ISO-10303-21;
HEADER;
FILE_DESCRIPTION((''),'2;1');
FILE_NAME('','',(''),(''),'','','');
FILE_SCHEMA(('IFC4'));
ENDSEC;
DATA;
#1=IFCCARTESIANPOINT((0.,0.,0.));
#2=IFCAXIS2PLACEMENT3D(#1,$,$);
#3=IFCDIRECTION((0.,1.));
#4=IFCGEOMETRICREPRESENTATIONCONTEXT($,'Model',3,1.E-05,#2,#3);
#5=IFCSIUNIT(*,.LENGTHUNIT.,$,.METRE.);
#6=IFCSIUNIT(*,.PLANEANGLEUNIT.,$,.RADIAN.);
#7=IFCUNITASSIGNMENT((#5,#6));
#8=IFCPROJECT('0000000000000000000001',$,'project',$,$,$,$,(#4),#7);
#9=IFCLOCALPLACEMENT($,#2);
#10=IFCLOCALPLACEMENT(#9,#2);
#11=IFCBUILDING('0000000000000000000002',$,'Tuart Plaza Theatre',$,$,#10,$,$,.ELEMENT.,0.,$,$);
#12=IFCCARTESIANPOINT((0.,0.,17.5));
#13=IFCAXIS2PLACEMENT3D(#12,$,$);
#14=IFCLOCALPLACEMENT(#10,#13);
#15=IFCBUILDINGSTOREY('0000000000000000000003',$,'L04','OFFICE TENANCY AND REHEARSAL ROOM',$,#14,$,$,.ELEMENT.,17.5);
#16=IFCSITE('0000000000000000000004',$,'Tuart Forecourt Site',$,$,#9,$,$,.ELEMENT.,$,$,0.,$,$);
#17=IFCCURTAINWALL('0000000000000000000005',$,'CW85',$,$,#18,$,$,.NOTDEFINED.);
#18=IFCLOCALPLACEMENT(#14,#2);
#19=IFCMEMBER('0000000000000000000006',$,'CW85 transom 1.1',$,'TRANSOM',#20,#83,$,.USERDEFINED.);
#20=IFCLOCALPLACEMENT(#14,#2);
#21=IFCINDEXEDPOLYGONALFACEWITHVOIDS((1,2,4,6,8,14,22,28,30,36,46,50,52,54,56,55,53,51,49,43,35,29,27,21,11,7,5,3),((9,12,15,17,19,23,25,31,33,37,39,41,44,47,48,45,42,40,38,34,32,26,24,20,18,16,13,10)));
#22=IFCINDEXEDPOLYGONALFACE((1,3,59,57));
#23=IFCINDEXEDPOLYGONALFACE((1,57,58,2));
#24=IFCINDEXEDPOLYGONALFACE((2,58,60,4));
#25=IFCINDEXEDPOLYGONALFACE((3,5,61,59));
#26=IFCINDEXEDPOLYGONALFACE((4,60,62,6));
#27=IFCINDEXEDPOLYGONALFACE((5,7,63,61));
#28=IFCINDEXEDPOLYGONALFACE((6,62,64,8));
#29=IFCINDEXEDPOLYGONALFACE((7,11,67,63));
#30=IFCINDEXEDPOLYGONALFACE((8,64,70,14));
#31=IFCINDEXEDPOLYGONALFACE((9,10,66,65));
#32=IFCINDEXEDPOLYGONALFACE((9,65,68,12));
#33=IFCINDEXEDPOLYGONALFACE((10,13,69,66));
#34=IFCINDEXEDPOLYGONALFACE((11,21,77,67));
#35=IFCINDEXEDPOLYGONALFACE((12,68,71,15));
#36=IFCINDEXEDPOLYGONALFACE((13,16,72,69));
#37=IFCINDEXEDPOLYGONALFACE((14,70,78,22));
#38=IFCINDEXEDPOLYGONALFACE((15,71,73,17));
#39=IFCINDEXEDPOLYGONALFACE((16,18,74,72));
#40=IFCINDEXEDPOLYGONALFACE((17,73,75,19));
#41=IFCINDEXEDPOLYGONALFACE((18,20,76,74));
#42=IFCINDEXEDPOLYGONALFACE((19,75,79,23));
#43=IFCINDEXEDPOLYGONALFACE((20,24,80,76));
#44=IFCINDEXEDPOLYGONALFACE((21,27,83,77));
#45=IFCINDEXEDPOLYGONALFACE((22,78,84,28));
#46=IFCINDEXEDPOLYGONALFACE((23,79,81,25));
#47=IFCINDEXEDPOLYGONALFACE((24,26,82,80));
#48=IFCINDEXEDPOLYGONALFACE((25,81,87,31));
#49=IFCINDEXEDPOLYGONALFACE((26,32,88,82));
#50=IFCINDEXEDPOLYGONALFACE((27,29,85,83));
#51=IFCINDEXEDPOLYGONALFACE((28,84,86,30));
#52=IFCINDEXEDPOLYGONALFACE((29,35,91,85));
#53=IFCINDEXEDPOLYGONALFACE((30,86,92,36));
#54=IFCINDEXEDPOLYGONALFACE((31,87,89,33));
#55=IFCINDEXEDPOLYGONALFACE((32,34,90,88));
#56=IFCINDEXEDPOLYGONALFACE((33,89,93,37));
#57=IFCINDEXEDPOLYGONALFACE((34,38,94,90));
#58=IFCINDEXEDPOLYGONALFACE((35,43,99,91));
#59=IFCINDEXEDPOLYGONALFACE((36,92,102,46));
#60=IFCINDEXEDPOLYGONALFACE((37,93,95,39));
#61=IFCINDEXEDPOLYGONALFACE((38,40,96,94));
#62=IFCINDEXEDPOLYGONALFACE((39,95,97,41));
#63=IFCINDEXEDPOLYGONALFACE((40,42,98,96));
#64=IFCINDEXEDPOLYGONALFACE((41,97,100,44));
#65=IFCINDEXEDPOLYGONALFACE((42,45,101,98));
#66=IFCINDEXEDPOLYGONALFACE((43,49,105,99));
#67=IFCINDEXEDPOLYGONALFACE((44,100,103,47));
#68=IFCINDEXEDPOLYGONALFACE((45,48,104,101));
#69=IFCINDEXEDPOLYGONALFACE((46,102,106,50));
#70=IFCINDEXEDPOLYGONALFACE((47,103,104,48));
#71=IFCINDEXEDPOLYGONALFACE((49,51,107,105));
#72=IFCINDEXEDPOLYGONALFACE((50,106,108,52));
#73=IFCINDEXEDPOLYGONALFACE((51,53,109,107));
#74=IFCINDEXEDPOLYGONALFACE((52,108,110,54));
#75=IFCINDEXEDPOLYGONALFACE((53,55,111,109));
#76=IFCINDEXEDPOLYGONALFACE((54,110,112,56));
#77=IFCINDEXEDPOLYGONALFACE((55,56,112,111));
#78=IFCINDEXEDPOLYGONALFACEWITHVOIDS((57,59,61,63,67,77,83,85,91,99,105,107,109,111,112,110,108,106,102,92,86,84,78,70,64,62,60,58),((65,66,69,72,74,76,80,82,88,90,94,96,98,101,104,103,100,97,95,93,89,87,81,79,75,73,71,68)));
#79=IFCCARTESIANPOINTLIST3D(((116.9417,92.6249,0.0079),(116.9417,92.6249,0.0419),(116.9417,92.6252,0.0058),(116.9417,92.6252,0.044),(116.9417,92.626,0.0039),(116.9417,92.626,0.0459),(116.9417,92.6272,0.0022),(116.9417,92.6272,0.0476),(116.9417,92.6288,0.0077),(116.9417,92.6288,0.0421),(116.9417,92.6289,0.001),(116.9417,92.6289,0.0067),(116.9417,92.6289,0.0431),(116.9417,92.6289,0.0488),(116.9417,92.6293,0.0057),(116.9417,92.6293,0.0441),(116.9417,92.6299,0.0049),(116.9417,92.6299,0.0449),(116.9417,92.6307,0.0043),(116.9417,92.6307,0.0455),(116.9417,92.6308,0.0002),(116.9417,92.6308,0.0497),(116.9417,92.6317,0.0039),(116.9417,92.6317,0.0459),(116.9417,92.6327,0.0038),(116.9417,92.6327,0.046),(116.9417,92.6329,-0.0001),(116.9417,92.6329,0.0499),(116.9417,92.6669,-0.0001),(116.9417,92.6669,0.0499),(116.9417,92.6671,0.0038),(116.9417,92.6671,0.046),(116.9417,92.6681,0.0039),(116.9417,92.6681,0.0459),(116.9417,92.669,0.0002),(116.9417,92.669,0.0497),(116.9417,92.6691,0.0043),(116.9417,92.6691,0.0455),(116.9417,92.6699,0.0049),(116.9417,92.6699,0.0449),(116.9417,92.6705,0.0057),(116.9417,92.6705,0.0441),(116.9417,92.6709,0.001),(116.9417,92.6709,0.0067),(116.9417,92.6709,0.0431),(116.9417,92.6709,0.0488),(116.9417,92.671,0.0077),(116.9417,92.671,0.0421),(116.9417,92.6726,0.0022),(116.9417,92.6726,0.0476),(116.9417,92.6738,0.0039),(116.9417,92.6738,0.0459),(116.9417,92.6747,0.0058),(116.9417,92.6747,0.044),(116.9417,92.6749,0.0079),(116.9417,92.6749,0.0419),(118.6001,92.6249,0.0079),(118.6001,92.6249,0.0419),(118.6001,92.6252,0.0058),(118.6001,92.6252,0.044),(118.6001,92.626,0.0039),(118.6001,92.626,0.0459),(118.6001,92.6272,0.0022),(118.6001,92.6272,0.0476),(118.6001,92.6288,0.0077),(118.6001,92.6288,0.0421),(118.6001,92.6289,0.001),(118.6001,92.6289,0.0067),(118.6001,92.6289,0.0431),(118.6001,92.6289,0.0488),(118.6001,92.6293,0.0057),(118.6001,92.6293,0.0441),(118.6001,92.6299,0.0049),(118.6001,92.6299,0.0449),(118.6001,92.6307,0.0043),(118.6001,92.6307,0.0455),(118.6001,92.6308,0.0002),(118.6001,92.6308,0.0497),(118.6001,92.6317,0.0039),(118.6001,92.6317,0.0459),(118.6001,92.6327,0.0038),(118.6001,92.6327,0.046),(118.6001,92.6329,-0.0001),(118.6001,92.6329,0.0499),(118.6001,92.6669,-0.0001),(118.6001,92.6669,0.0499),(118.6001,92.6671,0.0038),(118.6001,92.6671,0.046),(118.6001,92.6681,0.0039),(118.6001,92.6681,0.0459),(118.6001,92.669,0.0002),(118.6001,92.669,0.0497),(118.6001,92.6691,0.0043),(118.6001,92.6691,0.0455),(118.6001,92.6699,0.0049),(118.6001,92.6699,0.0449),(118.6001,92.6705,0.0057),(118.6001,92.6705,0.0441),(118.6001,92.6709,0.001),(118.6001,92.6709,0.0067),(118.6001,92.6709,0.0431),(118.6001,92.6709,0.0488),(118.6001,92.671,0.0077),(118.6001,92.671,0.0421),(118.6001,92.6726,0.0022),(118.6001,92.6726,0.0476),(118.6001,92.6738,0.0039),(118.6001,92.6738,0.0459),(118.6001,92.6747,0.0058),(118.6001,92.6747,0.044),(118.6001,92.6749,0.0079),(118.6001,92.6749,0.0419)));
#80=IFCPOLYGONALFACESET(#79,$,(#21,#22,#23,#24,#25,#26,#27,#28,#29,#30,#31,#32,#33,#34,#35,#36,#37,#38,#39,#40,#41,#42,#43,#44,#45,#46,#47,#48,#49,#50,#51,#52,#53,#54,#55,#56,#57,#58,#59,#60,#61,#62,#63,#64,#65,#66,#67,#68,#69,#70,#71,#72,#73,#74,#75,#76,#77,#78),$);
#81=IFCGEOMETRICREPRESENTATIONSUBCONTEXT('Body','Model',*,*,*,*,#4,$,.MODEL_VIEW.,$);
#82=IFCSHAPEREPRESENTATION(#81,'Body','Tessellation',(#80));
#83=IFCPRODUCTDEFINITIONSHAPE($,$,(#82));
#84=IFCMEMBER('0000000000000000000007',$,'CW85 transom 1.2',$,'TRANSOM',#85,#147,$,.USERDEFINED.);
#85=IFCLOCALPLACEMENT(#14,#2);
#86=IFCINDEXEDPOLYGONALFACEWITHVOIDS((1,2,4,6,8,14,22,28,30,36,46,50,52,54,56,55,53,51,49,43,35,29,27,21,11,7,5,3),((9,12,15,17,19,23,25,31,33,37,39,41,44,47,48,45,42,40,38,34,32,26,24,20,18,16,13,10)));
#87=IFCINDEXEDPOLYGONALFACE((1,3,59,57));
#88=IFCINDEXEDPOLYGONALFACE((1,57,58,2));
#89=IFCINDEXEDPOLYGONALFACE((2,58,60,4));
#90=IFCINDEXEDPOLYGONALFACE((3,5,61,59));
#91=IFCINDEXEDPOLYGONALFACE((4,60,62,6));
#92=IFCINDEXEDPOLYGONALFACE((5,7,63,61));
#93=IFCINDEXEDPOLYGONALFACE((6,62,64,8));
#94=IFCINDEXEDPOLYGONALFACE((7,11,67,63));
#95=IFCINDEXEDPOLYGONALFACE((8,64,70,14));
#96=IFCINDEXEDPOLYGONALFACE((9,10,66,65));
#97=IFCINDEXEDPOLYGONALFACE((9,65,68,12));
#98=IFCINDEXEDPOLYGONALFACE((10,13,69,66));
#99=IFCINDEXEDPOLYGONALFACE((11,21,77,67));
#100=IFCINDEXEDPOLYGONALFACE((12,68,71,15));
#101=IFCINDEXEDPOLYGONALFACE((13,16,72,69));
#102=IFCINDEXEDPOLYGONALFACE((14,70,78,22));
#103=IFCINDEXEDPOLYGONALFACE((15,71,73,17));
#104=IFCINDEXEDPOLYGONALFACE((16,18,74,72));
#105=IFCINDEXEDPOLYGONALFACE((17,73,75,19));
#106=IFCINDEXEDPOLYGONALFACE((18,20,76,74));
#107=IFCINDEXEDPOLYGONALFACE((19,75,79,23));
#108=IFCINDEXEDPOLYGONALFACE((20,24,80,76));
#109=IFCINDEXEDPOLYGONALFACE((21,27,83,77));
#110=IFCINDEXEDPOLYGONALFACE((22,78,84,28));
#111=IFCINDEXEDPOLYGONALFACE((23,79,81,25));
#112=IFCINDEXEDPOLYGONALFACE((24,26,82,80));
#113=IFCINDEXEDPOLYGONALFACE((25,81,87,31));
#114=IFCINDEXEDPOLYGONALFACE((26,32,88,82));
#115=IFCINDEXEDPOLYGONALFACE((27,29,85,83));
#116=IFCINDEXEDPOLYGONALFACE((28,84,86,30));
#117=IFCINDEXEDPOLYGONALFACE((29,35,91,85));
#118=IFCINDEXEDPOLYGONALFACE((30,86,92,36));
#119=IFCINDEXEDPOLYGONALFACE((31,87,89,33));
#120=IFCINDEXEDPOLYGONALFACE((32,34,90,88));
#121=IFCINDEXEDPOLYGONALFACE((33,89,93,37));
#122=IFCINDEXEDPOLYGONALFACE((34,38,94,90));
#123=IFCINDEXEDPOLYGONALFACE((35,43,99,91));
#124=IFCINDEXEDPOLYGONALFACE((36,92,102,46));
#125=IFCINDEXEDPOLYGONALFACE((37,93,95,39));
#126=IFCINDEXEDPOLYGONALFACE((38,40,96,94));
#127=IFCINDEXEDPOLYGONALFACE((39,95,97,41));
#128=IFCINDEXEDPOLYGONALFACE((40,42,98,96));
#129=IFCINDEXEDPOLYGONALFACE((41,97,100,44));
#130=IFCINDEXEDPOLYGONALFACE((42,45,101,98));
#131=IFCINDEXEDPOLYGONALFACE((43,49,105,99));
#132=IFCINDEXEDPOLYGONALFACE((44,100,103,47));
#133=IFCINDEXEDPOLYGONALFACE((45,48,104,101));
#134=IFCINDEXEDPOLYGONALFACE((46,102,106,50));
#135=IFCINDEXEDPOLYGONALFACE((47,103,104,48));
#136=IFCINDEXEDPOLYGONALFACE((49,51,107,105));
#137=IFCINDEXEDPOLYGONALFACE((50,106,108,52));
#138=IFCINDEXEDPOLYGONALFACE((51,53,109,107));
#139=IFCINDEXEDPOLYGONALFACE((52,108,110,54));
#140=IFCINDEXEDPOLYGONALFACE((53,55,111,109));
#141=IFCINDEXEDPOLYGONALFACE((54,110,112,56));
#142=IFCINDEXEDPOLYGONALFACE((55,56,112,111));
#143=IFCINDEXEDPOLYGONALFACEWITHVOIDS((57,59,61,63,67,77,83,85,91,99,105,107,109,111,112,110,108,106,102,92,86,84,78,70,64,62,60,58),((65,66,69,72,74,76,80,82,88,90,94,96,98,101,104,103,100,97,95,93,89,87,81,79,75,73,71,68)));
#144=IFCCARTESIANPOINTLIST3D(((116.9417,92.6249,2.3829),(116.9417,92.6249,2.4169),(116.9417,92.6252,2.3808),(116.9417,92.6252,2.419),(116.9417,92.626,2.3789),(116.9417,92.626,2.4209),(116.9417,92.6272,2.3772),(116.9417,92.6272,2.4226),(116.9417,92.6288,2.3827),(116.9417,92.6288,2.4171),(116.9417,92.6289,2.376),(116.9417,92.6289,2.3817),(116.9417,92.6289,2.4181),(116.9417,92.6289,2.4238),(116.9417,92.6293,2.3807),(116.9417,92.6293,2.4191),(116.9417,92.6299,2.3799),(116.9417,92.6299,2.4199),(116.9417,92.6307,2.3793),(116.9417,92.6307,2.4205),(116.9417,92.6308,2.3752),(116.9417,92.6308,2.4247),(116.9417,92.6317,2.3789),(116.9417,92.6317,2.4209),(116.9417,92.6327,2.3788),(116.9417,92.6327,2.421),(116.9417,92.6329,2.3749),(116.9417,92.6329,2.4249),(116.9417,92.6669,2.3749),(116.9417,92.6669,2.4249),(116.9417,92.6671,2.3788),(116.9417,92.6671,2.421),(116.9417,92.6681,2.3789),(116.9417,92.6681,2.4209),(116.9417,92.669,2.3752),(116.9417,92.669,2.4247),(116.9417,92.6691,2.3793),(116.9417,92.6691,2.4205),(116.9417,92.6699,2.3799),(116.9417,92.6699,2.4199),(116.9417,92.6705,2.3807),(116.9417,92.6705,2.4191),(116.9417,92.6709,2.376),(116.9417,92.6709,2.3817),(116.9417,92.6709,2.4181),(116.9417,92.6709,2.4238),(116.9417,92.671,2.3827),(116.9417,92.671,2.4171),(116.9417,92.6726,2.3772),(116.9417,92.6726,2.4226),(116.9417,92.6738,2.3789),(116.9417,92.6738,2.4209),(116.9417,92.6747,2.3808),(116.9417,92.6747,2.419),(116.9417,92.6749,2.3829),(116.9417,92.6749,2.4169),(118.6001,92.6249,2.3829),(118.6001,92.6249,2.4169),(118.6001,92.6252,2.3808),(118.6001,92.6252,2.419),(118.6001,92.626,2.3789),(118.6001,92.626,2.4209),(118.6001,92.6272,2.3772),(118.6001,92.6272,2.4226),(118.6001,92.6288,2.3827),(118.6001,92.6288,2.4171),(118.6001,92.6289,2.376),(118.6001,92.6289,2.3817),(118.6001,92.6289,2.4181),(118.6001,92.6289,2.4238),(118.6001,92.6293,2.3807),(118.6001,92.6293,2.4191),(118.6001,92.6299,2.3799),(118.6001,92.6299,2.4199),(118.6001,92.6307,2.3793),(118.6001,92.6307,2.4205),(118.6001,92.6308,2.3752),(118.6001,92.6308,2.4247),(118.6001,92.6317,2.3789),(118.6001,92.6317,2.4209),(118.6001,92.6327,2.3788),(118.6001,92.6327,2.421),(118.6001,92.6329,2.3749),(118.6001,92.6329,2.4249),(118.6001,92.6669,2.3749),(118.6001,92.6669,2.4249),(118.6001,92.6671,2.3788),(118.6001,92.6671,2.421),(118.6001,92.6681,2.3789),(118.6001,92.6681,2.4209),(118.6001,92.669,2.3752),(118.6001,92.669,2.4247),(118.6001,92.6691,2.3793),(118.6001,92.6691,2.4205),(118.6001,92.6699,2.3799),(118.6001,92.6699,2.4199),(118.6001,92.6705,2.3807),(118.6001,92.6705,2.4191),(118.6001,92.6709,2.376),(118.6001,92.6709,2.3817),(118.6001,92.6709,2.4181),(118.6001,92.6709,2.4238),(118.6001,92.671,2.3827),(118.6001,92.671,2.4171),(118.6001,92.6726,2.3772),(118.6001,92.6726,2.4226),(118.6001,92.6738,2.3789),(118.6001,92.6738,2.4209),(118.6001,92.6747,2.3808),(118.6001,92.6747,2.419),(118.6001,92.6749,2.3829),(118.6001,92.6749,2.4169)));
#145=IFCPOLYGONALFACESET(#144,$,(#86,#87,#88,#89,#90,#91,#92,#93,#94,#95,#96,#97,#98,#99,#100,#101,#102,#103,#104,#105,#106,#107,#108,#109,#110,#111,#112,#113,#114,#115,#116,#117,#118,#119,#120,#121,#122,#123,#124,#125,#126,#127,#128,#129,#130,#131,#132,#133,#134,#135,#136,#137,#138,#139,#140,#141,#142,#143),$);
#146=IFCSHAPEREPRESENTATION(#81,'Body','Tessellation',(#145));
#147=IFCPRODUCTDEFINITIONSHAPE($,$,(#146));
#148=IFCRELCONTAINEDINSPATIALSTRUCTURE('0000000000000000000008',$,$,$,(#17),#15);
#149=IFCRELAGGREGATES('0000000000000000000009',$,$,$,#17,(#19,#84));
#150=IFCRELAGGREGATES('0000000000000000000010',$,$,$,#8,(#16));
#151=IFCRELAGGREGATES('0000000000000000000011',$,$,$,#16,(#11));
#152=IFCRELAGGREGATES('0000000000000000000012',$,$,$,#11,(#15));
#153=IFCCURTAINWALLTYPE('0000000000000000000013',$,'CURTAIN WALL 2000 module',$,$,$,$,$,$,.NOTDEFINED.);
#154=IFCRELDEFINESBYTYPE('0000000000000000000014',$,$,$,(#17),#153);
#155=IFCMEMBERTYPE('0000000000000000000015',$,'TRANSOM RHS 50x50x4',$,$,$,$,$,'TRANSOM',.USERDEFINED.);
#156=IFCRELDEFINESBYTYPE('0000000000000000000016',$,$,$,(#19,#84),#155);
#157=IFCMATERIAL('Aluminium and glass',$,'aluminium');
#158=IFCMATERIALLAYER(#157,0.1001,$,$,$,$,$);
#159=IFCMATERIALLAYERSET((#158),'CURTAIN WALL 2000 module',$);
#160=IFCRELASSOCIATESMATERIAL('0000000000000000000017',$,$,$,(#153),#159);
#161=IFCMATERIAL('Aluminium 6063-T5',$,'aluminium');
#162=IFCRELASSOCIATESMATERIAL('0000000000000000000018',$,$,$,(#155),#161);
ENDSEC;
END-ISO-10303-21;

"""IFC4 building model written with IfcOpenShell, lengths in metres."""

from ifc_helpers import new_model, si_unit, direction, frame, origin, origin_2d, place, context, subcontext, project, spatial, hollow_rectangle, extrude, material, layer, layer_set, material_profile, profile_set, type_object, element, aggregate, save


model = new_model("IFC4")

# Units and contexts
model_context = context("Model", 3, precision=1e-05, world=origin(), true_north=direction((0.0, 1.0)))
body_context = subcontext(model_context, "Body", "Model", "MODEL_VIEW")
ifc_project = project(units=[si_unit("LENGTHUNIT", "METRE"), si_unit("PLANEANGLEUNIT", "RADIAN")], contexts=[model_context])

# Site, building, storey
site_placement = place(None, origin())
site = spatial("IfcSite", under=ifc_project, at=site_placement, Name="Tuart Forecourt Site", CompositionType="ELEMENT", RefElevation=0.0)
building_placement = place(site_placement, origin())
building = spatial("IfcBuilding", under=site, at=building_placement, Name="Tuart Plaza Theatre", CompositionType="ELEMENT", ElevationOfRefHeight=0.0)
storey_placement = place(building_placement, frame((0.0, 0.0, 17.5)))
storey = spatial("IfcBuildingStorey", under=building, at=storey_placement, Name="L04", Description="OFFICE TENANCY AND REHEARSAL ROOM", CompositionType="ELEMENT", Elevation=17.5)

# Curtain wall
ifc_material_1 = material(Name="Aluminium and glass", Category="aluminium")
ifc_layer_1 = layer(ifc_material_1, 0.1001)
ifc_layer_set_1 = layer_set([ifc_layer_1], Name="CURTAIN WALL 2000 module")
curtain_wall_type_1 = type_object("IfcCurtainWallType", Name="CURTAIN WALL 2000 module", PredefinedType="NOTDEFINED", material=ifc_layer_set_1)
curtain_wall_1_placement = place(storey_placement, origin())
curtain_wall_1 = element("IfcCurtainWall", 1, at=curtain_wall_1_placement, inside=storey, type_object=curtain_wall_type_1, Name="CW85", PredefinedType="NOTDEFINED")

# Members
ifc_material_2 = material(Name="Aluminium 6063-T5", Category="aluminium")
ifc_material_profile_1 = material_profile(ifc_material_2, hollow_rectangle(XDim=0.05, YDim=0.05, WallThickness=0.0039, InnerFilletRadius=0.0039, OuterFilletRadius=0.0081, at=origin_2d()), Name="RHS 50x50x4")
ifc_profile_set_1 = profile_set([ifc_material_profile_1], Name="Aluminium 6063-T5")
member_type_1 = type_object("IfcMemberType", Name="TRANSOM RHS 50x50x4", ElementType="TRANSOM", PredefinedType="USERDEFINED", material=ifc_profile_set_1)
member_1_placement = place(storey_placement, frame((118.6001, 92.6499, 0.0249), z_axis=(-1.0, 0.0, 0.0), x_axis=(0.0, -1.0, 0.0)))
member_1 = element("IfcMember", 2, at=member_1_placement, type_object=member_type_1, Name="CW85 transom 1.1", ObjectType="TRANSOM", PredefinedType="USERDEFINED", context=body_context, shape_type="SweptSolid", body=[
    extrude(hollow_rectangle(XDim=0.05, YDim=0.05, WallThickness=0.0039, InnerFilletRadius=0.0039, OuterFilletRadius=0.0081, at=origin_2d()), origin(), (0.0, 0.0, 1.0), 1.6584),
])
member_2_placement = place(storey_placement, frame((118.6001, 92.6499, 2.3999), z_axis=(-1.0, 0.0, 0.0), x_axis=(0.0, -1.0, 0.0)))
member_2 = element("IfcMember", 3, at=member_2_placement, type_object=member_type_1, Name="CW85 transom 1.2", ObjectType="TRANSOM", PredefinedType="USERDEFINED", context=body_context, shape_type="SweptSolid", body=[
    extrude(hollow_rectangle(XDim=0.05, YDim=0.05, WallThickness=0.0039, InnerFilletRadius=0.0039, OuterFilletRadius=0.0081, at=origin_2d()), origin(), (0.0, 0.0, 1.0), 1.6584),
])

aggregate(curtain_wall_1, [member_1, member_2])

save(model, "model.ifc")
